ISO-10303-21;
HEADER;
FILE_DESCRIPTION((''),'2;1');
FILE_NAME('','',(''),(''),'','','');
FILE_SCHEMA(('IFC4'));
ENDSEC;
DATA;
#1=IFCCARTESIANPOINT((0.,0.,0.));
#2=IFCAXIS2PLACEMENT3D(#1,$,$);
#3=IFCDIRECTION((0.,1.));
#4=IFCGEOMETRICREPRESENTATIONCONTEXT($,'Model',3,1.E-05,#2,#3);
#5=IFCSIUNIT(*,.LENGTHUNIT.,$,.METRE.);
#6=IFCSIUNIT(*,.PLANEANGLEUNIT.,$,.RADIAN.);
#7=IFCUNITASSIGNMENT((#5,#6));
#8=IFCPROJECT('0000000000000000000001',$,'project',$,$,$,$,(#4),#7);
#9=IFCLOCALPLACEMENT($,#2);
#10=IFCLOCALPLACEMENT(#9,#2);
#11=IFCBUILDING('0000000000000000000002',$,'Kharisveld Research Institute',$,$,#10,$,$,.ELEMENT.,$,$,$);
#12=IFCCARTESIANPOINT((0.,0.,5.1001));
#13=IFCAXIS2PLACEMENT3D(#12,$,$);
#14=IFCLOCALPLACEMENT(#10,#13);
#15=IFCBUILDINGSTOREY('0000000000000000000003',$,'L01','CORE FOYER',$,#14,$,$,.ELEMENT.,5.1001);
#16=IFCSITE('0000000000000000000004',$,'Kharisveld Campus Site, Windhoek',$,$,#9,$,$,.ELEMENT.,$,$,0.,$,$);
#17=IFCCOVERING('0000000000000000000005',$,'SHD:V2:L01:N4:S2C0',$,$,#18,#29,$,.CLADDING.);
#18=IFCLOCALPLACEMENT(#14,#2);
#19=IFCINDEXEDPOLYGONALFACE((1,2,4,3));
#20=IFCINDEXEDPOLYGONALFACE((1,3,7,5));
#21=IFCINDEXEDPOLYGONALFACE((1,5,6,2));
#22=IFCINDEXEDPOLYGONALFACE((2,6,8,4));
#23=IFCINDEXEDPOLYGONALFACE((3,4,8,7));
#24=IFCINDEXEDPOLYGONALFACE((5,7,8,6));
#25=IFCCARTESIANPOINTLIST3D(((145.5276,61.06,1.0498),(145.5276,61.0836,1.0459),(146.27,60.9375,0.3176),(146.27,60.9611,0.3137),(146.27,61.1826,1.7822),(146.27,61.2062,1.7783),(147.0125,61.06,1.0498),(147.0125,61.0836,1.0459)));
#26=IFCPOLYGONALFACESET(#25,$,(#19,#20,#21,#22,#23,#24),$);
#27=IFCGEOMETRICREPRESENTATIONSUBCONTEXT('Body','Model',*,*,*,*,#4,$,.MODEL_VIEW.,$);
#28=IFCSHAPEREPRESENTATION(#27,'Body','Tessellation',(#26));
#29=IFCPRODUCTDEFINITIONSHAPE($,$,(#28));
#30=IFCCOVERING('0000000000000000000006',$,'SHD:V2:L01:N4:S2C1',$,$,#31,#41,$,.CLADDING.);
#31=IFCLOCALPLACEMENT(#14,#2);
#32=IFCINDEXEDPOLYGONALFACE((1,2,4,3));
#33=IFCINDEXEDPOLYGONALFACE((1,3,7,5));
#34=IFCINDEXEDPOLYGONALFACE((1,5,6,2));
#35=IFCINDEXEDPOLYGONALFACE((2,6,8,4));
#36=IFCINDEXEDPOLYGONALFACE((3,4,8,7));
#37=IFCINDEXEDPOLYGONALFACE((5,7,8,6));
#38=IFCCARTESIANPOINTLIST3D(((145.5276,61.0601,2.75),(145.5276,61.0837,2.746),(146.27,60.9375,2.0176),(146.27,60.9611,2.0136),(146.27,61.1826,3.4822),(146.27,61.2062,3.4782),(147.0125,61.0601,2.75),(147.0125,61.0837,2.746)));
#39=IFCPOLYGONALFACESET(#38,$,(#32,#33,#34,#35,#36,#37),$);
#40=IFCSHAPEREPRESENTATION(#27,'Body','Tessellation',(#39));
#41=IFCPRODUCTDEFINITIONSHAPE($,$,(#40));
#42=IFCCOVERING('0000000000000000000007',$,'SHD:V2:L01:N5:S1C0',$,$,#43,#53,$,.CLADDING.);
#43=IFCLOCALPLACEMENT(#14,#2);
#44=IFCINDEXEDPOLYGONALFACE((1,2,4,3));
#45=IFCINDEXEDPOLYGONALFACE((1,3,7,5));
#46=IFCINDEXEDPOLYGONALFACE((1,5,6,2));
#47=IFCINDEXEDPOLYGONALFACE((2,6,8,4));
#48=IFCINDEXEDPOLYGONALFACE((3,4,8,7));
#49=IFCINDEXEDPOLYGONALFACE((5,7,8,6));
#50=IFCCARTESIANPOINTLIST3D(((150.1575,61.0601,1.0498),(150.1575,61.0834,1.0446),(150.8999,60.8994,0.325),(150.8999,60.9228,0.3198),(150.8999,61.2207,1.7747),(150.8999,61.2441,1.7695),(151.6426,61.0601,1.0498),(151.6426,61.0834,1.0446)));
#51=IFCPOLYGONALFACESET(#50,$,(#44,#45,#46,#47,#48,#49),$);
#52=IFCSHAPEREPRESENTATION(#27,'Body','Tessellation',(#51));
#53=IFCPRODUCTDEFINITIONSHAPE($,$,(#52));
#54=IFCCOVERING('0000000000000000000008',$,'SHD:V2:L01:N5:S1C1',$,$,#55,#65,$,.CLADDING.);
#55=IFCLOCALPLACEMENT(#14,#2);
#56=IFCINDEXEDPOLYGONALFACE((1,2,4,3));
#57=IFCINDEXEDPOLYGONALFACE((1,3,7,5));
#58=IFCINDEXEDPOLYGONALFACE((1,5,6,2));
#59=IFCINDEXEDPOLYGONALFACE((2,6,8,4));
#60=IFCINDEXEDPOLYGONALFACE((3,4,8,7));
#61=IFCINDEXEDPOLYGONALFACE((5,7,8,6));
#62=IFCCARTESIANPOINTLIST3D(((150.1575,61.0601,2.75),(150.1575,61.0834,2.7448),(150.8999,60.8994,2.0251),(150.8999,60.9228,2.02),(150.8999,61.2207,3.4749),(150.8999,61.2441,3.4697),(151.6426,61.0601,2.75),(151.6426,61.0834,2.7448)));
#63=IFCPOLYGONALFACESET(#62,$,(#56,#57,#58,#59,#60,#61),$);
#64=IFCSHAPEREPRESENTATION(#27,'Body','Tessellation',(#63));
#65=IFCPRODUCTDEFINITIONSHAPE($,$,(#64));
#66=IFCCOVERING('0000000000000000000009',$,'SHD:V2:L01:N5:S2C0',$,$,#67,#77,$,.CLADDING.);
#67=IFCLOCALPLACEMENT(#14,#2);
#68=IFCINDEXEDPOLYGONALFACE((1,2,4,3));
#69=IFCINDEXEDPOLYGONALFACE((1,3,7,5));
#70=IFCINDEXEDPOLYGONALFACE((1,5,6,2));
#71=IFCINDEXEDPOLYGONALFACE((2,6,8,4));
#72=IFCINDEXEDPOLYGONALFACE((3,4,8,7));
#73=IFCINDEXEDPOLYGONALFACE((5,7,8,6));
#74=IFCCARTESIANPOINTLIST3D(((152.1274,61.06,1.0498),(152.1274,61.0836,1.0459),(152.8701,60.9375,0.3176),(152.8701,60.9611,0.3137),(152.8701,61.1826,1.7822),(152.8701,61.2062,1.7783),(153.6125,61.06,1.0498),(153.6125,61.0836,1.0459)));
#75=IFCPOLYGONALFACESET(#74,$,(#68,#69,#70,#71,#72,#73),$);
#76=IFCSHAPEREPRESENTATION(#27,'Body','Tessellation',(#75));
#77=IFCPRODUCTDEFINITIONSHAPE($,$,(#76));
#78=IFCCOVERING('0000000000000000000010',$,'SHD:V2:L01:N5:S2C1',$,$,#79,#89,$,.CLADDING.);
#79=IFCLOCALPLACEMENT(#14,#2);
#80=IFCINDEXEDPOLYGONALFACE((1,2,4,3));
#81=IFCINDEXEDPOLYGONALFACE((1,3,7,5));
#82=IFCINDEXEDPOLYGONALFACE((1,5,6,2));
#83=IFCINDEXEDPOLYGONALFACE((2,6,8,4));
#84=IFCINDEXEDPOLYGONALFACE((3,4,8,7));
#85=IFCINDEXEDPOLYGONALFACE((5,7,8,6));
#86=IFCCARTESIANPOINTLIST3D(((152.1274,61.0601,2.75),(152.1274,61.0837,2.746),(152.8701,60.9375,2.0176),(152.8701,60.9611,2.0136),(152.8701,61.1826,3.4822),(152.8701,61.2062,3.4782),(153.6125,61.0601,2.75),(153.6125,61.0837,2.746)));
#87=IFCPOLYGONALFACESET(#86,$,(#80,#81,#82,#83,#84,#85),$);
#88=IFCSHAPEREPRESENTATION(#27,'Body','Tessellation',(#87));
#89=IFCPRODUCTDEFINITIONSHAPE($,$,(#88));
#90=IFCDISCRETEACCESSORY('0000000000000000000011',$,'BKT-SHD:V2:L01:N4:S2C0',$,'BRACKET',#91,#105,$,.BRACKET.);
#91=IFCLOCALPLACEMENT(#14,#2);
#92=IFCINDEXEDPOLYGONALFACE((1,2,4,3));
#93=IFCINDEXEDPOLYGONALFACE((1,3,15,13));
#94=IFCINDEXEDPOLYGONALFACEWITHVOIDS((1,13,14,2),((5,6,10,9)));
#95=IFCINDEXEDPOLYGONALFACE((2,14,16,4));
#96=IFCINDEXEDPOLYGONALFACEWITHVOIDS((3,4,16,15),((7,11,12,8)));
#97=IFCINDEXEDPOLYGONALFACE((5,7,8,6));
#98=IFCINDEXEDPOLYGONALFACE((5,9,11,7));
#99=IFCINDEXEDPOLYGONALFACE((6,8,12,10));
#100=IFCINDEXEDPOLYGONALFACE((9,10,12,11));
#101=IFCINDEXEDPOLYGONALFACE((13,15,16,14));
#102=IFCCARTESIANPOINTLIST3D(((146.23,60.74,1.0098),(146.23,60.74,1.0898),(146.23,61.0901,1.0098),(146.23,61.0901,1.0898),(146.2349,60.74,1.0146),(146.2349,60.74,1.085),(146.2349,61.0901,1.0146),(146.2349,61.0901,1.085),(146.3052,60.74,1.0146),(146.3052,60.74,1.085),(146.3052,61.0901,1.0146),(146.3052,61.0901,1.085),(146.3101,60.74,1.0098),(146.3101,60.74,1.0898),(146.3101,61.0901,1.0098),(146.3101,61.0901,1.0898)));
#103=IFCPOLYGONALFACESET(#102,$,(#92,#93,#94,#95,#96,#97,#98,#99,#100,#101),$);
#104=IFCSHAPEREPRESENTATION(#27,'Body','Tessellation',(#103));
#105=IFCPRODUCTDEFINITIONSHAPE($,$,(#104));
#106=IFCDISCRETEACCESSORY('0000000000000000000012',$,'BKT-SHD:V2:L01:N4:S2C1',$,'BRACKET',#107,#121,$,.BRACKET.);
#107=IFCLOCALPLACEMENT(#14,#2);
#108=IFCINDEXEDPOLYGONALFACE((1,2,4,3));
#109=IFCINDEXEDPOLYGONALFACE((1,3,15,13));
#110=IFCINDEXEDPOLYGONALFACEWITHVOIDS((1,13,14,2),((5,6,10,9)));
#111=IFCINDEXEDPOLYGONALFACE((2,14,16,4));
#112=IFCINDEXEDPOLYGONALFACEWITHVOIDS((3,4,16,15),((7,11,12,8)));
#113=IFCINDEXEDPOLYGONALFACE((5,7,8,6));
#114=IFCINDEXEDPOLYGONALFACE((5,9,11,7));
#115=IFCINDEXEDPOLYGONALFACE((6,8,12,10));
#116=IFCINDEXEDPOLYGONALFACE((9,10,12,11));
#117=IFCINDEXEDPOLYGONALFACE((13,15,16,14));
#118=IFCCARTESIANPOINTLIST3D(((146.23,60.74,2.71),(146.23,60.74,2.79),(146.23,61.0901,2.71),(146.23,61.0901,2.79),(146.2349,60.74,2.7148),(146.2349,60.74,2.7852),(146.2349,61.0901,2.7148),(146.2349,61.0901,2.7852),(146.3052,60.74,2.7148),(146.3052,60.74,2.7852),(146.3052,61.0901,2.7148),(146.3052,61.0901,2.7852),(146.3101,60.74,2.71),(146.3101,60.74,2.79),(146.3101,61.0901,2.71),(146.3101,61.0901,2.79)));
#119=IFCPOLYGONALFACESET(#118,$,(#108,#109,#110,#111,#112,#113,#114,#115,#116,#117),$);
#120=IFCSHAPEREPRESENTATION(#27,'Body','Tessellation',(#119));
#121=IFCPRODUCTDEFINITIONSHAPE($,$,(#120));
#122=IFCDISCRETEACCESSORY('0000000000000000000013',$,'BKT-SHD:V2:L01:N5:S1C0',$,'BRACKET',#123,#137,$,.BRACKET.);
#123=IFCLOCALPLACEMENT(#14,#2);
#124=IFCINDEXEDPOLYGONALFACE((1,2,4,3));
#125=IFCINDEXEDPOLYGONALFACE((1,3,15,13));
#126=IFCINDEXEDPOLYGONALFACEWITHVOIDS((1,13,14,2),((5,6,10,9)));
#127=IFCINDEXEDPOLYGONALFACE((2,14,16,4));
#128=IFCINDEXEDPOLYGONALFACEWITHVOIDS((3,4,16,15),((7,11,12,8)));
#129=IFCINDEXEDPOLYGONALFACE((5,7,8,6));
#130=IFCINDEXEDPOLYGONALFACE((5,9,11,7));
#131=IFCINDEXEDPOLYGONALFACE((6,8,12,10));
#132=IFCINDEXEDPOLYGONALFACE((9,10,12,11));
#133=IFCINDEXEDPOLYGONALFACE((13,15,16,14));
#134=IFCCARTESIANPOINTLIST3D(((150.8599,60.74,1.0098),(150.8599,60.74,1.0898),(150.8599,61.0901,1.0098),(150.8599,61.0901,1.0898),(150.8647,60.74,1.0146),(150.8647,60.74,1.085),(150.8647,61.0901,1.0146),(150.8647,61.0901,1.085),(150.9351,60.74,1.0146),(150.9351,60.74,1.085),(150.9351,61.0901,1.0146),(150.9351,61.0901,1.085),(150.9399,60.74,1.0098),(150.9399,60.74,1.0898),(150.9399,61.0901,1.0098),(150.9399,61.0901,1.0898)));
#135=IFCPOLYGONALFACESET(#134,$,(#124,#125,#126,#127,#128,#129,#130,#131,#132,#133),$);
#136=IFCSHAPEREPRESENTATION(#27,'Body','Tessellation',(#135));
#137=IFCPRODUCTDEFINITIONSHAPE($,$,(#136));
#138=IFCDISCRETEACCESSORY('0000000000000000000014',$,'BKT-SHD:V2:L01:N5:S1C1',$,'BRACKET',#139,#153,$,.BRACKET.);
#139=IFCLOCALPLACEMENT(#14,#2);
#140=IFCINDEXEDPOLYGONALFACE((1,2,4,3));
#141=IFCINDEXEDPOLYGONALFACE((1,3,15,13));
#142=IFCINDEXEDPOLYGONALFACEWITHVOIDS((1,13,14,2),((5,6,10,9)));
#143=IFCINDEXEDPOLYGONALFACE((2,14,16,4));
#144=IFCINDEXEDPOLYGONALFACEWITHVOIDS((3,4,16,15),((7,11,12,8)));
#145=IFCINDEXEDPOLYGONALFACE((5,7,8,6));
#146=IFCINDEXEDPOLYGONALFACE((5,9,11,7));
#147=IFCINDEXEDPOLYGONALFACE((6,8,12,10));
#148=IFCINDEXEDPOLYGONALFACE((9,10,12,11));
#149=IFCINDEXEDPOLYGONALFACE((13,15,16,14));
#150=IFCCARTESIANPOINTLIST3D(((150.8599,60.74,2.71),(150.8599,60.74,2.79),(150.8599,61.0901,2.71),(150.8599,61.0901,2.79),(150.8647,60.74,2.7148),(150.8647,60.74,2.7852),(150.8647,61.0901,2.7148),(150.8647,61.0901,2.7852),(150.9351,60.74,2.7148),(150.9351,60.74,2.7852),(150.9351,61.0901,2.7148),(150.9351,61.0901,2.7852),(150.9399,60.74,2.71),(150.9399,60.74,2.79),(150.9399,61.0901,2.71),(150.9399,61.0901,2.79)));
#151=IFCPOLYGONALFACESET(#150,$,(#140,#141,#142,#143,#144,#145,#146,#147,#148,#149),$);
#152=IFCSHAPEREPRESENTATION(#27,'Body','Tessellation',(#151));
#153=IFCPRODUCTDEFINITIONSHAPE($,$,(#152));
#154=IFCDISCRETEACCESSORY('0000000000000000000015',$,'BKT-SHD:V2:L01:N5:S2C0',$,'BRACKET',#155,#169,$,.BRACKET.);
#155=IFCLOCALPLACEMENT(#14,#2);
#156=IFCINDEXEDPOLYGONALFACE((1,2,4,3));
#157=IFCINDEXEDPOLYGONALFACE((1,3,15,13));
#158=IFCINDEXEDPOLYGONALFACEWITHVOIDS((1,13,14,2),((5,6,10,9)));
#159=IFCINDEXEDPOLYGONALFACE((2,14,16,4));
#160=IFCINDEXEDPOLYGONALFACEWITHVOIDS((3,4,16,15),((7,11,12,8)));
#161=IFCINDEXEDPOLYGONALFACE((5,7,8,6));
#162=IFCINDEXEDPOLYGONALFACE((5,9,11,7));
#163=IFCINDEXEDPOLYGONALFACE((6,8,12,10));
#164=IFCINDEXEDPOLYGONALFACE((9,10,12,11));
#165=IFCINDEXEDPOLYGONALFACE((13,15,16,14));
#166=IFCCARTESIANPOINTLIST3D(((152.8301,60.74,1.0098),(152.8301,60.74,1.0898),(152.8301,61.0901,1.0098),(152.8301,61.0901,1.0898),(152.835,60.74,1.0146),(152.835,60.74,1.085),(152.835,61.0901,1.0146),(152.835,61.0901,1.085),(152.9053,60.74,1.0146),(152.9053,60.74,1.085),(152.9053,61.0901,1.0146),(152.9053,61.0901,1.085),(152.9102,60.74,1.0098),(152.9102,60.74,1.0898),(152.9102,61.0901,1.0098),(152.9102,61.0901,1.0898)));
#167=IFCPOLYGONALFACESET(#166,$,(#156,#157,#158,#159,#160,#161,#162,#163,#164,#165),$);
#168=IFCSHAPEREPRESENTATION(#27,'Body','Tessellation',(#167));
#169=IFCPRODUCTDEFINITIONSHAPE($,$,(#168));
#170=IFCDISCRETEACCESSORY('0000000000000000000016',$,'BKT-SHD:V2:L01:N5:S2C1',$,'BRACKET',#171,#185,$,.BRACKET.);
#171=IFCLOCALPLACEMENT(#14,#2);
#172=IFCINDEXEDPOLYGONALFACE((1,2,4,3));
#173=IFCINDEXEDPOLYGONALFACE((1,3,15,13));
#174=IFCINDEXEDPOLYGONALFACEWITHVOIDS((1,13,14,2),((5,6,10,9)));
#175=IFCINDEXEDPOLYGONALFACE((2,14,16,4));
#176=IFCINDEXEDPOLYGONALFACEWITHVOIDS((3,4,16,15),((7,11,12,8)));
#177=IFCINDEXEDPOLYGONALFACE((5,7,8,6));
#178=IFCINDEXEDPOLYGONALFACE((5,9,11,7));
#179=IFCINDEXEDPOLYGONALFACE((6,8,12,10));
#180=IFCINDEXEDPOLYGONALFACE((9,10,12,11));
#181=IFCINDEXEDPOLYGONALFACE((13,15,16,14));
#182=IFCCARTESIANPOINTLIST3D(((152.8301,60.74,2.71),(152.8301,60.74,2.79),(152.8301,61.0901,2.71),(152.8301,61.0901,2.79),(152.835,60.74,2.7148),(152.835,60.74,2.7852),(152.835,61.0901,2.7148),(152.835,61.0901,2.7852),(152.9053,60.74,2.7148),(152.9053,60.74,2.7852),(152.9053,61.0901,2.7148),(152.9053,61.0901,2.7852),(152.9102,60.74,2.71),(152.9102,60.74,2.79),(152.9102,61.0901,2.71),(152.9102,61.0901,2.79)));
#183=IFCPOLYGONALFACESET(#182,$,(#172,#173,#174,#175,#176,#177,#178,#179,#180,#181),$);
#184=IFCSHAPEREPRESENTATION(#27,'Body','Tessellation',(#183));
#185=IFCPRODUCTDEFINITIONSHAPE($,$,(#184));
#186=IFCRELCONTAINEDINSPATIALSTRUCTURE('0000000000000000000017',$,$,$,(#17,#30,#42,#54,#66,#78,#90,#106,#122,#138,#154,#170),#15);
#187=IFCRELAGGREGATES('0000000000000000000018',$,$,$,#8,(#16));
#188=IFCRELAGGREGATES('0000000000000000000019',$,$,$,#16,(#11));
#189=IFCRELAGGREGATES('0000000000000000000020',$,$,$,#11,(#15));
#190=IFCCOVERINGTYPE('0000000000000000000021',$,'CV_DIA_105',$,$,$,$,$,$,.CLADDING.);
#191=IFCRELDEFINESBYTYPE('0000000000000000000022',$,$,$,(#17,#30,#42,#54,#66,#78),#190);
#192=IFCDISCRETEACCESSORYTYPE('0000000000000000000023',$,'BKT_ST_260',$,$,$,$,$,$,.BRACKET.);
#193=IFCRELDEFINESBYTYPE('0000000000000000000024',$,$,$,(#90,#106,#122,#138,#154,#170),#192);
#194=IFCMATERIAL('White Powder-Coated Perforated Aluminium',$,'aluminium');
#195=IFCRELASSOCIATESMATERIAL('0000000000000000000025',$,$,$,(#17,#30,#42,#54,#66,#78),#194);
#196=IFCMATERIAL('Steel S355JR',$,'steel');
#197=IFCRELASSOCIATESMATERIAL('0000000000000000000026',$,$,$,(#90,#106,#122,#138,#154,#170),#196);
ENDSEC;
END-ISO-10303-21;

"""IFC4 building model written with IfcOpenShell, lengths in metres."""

from ifc_helpers import new_model, si_unit, direction, frame, origin, origin_2d, place, context, subcontext, project, spatial, polyline, hollow_rectangle, outline, extrude, material, type_object, element, save


model = new_model("IFC4")

# Units and contexts
model_context = context("Model", 3, precision=1e-05, world=origin(), true_north=direction((0.0, 1.0)))
body_context = subcontext(model_context, "Body", "Model", "MODEL_VIEW")
ifc_project = project(units=[si_unit("LENGTHUNIT", "METRE"), si_unit("PLANEANGLEUNIT", "RADIAN")], contexts=[model_context])

# Site, building, storey
site_placement = place(None, origin())
site = spatial("IfcSite", under=ifc_project, at=site_placement, Name="Kharisveld Campus Site, Windhoek", CompositionType="ELEMENT", RefElevation=0.0)
building_placement = place(site_placement, origin())
building = spatial("IfcBuilding", under=site, at=building_placement, Name="Kharisveld Research Institute", CompositionType="ELEMENT")
storey_placement = place(building_placement, frame((0.0, 0.0, 5.1001)))
storey = spatial("IfcBuildingStorey", under=building, at=storey_placement, Name="L01", Description="CORE FOYER", CompositionType="ELEMENT", Elevation=5.1001)

# Coverings
ifc_material_1 = material(Name="White Powder-Coated Perforated Aluminium", Category="aluminium")
covering_type = type_object("IfcCoveringType", Name="CV_DIA_105", PredefinedType="CLADDING")
covering_1_placement = place(storey_placement, frame((146.27, 60.9375, 0.3176), z_axis=(0.0, -0.986283, 0.165065), x_axis=(0.707139, 0.116714, 0.697376)))
element("IfcCovering", 1, at=covering_1_placement, inside=storey, type_object=covering_type, material=ifc_material_1, Name="SHD:V2:L01:N4:S2C0", PredefinedType="CLADDING", context=body_context, shape_type="SweptSolid", body=[
    extrude(outline(polyline([(0.0, 0.0), (1.0499, 0.0), (1.05, 1.0501), (-0.0001, 1.0499), (0.0, 0.0)])), origin(), (0.0, 0.0, -1.0), 0.0239),
])
covering_2_placement = place(storey_placement, frame((146.27, 60.9375, 2.0176), z_axis=(0.0, -0.986283, 0.165065), x_axis=(0.707024, 0.116733, 0.697489)))
element("IfcCovering", 2, at=covering_2_placement, inside=storey, type_object=covering_type, material=ifc_material_1, Name="SHD:V2:L01:N4:S2C1", PredefinedType="CLADDING", context=body_context, shape_type="SweptSolid", body=[
    extrude(outline(polyline([(0.0, 0.0), (1.0501, 0.0), (1.0502, 1.0499), (0.0002, 1.0501), (0.0, 0.0)])), origin(), (0.0, 0.0, -1.0), 0.0239),
])
for number, where, z_axis, x_axis, name in (
    (3, (150.8999, 60.8994, 0.325), (0.0, -0.976311, 0.216373), (0.707218, 0.152975, 0.690247), "SHD:V2:L01:N5:S1C0"),
    (4, (150.8999, 60.8994, 2.0251), (0.0, -0.976311, 0.216373), (0.707218, 0.152975, 0.690247), "SHD:V2:L01:N5:S1C1"),
):
    element("IfcCovering", number, at=place(storey_placement, frame(where, z_axis=z_axis, x_axis=x_axis)), inside=storey, type_object=covering_type, material=ifc_material_1, Name=name, PredefinedType="CLADDING", context=body_context, shape_type="SweptSolid", body=[
        extrude(outline(polyline([(0.0, 0.0), (1.0501, 0.0), (1.0498, 1.0501), (-0.0002, 1.05), (0.0, 0.0)])), origin(), (0.0, 0.0, -1.0), 0.0239),
    ])
covering_3_placement = place(storey_placement, frame((152.8701, 60.9375, 0.3176), z_axis=(0.0, -0.986283, 0.165065), x_axis=(0.707139, 0.116714, 0.697376)))
element("IfcCovering", 5, at=covering_3_placement, inside=storey, type_object=covering_type, material=ifc_material_1, Name="SHD:V2:L01:N5:S2C0", PredefinedType="CLADDING", context=body_context, shape_type="SweptSolid", body=[
    extrude(outline(polyline([(0.0, 0.0), (1.0499, 0.0), (1.05, 1.0501), (-0.0003, 1.0501), (0.0, 0.0)])), origin(), (0.0, 0.0, -1.0), 0.0239),
])
covering_4_placement = place(storey_placement, frame((152.8701, 60.9375, 2.0176), z_axis=(0.0, -0.986283, 0.165065), x_axis=(0.707024, 0.116733, 0.697489)))
element("IfcCovering", 6, at=covering_4_placement, inside=storey, type_object=covering_type, material=ifc_material_1, Name="SHD:V2:L01:N5:S2C1", PredefinedType="CLADDING", context=body_context, shape_type="SweptSolid", body=[
    extrude(outline(polyline([(0.0, 0.0), (1.0501, 0.0), (1.0502, 1.0499), (0.0001, 1.0503), (0.0, 0.0)])), origin(), (0.0, 0.0, -1.0), 0.0239),
])

# Discrete accessories
ifc_material_2 = material(Name="Steel S355JR", Category="steel")
discrete_accessory_type = type_object("IfcDiscreteAccessoryType", Name="BKT_ST_260", PredefinedType="BRACKET")
for number, where, z_axis, x_axis, name in (
    (7, (146.27, 60.74, 1.0498), (0.0, 1.0, 0.0), (-1.0, 0.0, 0.0), "BKT-SHD:V2:L01:N4:S2C0"),
    (8, (146.27, 60.74, 2.75), (0.0, 1.0, 0.0), (-1.0, 0.0, 0.0), "BKT-SHD:V2:L01:N4:S2C1"),
    (9, (150.8999, 60.74, 1.0498), (0.0, 1.0, 0.0), (-1.0, 0.0, 0.0), "BKT-SHD:V2:L01:N5:S1C0"),
    (10, (150.8999, 60.74, 2.75), (0.0, 1.0, 0.0), (-1.0, 0.0, 0.0), "BKT-SHD:V2:L01:N5:S1C1"),
    (11, (152.8701, 60.74, 1.0498), (0.0, 1.0, 0.0), (-1.0, 0.0, 0.0), "BKT-SHD:V2:L01:N5:S2C0"),
    (12, (152.8701, 60.74, 2.75), (0.0, 1.0, 0.0), (-1.0, 0.0, 0.0), "BKT-SHD:V2:L01:N5:S2C1"),
):
    element("IfcDiscreteAccessory", number, at=place(storey_placement, frame(where, z_axis=z_axis, x_axis=x_axis)), inside=storey, type_object=discrete_accessory_type, material=ifc_material_2, Name=name, ObjectType="BRACKET", PredefinedType="BRACKET", context=body_context, shape_type="SweptSolid", body=[
        extrude(hollow_rectangle(XDim=0.0801, YDim=0.0801, WallThickness=0.0049, at=origin_2d()), origin(), (0.0, 0.0, 1.0), 0.3501),
    ])

save(model, "model.ifc")
